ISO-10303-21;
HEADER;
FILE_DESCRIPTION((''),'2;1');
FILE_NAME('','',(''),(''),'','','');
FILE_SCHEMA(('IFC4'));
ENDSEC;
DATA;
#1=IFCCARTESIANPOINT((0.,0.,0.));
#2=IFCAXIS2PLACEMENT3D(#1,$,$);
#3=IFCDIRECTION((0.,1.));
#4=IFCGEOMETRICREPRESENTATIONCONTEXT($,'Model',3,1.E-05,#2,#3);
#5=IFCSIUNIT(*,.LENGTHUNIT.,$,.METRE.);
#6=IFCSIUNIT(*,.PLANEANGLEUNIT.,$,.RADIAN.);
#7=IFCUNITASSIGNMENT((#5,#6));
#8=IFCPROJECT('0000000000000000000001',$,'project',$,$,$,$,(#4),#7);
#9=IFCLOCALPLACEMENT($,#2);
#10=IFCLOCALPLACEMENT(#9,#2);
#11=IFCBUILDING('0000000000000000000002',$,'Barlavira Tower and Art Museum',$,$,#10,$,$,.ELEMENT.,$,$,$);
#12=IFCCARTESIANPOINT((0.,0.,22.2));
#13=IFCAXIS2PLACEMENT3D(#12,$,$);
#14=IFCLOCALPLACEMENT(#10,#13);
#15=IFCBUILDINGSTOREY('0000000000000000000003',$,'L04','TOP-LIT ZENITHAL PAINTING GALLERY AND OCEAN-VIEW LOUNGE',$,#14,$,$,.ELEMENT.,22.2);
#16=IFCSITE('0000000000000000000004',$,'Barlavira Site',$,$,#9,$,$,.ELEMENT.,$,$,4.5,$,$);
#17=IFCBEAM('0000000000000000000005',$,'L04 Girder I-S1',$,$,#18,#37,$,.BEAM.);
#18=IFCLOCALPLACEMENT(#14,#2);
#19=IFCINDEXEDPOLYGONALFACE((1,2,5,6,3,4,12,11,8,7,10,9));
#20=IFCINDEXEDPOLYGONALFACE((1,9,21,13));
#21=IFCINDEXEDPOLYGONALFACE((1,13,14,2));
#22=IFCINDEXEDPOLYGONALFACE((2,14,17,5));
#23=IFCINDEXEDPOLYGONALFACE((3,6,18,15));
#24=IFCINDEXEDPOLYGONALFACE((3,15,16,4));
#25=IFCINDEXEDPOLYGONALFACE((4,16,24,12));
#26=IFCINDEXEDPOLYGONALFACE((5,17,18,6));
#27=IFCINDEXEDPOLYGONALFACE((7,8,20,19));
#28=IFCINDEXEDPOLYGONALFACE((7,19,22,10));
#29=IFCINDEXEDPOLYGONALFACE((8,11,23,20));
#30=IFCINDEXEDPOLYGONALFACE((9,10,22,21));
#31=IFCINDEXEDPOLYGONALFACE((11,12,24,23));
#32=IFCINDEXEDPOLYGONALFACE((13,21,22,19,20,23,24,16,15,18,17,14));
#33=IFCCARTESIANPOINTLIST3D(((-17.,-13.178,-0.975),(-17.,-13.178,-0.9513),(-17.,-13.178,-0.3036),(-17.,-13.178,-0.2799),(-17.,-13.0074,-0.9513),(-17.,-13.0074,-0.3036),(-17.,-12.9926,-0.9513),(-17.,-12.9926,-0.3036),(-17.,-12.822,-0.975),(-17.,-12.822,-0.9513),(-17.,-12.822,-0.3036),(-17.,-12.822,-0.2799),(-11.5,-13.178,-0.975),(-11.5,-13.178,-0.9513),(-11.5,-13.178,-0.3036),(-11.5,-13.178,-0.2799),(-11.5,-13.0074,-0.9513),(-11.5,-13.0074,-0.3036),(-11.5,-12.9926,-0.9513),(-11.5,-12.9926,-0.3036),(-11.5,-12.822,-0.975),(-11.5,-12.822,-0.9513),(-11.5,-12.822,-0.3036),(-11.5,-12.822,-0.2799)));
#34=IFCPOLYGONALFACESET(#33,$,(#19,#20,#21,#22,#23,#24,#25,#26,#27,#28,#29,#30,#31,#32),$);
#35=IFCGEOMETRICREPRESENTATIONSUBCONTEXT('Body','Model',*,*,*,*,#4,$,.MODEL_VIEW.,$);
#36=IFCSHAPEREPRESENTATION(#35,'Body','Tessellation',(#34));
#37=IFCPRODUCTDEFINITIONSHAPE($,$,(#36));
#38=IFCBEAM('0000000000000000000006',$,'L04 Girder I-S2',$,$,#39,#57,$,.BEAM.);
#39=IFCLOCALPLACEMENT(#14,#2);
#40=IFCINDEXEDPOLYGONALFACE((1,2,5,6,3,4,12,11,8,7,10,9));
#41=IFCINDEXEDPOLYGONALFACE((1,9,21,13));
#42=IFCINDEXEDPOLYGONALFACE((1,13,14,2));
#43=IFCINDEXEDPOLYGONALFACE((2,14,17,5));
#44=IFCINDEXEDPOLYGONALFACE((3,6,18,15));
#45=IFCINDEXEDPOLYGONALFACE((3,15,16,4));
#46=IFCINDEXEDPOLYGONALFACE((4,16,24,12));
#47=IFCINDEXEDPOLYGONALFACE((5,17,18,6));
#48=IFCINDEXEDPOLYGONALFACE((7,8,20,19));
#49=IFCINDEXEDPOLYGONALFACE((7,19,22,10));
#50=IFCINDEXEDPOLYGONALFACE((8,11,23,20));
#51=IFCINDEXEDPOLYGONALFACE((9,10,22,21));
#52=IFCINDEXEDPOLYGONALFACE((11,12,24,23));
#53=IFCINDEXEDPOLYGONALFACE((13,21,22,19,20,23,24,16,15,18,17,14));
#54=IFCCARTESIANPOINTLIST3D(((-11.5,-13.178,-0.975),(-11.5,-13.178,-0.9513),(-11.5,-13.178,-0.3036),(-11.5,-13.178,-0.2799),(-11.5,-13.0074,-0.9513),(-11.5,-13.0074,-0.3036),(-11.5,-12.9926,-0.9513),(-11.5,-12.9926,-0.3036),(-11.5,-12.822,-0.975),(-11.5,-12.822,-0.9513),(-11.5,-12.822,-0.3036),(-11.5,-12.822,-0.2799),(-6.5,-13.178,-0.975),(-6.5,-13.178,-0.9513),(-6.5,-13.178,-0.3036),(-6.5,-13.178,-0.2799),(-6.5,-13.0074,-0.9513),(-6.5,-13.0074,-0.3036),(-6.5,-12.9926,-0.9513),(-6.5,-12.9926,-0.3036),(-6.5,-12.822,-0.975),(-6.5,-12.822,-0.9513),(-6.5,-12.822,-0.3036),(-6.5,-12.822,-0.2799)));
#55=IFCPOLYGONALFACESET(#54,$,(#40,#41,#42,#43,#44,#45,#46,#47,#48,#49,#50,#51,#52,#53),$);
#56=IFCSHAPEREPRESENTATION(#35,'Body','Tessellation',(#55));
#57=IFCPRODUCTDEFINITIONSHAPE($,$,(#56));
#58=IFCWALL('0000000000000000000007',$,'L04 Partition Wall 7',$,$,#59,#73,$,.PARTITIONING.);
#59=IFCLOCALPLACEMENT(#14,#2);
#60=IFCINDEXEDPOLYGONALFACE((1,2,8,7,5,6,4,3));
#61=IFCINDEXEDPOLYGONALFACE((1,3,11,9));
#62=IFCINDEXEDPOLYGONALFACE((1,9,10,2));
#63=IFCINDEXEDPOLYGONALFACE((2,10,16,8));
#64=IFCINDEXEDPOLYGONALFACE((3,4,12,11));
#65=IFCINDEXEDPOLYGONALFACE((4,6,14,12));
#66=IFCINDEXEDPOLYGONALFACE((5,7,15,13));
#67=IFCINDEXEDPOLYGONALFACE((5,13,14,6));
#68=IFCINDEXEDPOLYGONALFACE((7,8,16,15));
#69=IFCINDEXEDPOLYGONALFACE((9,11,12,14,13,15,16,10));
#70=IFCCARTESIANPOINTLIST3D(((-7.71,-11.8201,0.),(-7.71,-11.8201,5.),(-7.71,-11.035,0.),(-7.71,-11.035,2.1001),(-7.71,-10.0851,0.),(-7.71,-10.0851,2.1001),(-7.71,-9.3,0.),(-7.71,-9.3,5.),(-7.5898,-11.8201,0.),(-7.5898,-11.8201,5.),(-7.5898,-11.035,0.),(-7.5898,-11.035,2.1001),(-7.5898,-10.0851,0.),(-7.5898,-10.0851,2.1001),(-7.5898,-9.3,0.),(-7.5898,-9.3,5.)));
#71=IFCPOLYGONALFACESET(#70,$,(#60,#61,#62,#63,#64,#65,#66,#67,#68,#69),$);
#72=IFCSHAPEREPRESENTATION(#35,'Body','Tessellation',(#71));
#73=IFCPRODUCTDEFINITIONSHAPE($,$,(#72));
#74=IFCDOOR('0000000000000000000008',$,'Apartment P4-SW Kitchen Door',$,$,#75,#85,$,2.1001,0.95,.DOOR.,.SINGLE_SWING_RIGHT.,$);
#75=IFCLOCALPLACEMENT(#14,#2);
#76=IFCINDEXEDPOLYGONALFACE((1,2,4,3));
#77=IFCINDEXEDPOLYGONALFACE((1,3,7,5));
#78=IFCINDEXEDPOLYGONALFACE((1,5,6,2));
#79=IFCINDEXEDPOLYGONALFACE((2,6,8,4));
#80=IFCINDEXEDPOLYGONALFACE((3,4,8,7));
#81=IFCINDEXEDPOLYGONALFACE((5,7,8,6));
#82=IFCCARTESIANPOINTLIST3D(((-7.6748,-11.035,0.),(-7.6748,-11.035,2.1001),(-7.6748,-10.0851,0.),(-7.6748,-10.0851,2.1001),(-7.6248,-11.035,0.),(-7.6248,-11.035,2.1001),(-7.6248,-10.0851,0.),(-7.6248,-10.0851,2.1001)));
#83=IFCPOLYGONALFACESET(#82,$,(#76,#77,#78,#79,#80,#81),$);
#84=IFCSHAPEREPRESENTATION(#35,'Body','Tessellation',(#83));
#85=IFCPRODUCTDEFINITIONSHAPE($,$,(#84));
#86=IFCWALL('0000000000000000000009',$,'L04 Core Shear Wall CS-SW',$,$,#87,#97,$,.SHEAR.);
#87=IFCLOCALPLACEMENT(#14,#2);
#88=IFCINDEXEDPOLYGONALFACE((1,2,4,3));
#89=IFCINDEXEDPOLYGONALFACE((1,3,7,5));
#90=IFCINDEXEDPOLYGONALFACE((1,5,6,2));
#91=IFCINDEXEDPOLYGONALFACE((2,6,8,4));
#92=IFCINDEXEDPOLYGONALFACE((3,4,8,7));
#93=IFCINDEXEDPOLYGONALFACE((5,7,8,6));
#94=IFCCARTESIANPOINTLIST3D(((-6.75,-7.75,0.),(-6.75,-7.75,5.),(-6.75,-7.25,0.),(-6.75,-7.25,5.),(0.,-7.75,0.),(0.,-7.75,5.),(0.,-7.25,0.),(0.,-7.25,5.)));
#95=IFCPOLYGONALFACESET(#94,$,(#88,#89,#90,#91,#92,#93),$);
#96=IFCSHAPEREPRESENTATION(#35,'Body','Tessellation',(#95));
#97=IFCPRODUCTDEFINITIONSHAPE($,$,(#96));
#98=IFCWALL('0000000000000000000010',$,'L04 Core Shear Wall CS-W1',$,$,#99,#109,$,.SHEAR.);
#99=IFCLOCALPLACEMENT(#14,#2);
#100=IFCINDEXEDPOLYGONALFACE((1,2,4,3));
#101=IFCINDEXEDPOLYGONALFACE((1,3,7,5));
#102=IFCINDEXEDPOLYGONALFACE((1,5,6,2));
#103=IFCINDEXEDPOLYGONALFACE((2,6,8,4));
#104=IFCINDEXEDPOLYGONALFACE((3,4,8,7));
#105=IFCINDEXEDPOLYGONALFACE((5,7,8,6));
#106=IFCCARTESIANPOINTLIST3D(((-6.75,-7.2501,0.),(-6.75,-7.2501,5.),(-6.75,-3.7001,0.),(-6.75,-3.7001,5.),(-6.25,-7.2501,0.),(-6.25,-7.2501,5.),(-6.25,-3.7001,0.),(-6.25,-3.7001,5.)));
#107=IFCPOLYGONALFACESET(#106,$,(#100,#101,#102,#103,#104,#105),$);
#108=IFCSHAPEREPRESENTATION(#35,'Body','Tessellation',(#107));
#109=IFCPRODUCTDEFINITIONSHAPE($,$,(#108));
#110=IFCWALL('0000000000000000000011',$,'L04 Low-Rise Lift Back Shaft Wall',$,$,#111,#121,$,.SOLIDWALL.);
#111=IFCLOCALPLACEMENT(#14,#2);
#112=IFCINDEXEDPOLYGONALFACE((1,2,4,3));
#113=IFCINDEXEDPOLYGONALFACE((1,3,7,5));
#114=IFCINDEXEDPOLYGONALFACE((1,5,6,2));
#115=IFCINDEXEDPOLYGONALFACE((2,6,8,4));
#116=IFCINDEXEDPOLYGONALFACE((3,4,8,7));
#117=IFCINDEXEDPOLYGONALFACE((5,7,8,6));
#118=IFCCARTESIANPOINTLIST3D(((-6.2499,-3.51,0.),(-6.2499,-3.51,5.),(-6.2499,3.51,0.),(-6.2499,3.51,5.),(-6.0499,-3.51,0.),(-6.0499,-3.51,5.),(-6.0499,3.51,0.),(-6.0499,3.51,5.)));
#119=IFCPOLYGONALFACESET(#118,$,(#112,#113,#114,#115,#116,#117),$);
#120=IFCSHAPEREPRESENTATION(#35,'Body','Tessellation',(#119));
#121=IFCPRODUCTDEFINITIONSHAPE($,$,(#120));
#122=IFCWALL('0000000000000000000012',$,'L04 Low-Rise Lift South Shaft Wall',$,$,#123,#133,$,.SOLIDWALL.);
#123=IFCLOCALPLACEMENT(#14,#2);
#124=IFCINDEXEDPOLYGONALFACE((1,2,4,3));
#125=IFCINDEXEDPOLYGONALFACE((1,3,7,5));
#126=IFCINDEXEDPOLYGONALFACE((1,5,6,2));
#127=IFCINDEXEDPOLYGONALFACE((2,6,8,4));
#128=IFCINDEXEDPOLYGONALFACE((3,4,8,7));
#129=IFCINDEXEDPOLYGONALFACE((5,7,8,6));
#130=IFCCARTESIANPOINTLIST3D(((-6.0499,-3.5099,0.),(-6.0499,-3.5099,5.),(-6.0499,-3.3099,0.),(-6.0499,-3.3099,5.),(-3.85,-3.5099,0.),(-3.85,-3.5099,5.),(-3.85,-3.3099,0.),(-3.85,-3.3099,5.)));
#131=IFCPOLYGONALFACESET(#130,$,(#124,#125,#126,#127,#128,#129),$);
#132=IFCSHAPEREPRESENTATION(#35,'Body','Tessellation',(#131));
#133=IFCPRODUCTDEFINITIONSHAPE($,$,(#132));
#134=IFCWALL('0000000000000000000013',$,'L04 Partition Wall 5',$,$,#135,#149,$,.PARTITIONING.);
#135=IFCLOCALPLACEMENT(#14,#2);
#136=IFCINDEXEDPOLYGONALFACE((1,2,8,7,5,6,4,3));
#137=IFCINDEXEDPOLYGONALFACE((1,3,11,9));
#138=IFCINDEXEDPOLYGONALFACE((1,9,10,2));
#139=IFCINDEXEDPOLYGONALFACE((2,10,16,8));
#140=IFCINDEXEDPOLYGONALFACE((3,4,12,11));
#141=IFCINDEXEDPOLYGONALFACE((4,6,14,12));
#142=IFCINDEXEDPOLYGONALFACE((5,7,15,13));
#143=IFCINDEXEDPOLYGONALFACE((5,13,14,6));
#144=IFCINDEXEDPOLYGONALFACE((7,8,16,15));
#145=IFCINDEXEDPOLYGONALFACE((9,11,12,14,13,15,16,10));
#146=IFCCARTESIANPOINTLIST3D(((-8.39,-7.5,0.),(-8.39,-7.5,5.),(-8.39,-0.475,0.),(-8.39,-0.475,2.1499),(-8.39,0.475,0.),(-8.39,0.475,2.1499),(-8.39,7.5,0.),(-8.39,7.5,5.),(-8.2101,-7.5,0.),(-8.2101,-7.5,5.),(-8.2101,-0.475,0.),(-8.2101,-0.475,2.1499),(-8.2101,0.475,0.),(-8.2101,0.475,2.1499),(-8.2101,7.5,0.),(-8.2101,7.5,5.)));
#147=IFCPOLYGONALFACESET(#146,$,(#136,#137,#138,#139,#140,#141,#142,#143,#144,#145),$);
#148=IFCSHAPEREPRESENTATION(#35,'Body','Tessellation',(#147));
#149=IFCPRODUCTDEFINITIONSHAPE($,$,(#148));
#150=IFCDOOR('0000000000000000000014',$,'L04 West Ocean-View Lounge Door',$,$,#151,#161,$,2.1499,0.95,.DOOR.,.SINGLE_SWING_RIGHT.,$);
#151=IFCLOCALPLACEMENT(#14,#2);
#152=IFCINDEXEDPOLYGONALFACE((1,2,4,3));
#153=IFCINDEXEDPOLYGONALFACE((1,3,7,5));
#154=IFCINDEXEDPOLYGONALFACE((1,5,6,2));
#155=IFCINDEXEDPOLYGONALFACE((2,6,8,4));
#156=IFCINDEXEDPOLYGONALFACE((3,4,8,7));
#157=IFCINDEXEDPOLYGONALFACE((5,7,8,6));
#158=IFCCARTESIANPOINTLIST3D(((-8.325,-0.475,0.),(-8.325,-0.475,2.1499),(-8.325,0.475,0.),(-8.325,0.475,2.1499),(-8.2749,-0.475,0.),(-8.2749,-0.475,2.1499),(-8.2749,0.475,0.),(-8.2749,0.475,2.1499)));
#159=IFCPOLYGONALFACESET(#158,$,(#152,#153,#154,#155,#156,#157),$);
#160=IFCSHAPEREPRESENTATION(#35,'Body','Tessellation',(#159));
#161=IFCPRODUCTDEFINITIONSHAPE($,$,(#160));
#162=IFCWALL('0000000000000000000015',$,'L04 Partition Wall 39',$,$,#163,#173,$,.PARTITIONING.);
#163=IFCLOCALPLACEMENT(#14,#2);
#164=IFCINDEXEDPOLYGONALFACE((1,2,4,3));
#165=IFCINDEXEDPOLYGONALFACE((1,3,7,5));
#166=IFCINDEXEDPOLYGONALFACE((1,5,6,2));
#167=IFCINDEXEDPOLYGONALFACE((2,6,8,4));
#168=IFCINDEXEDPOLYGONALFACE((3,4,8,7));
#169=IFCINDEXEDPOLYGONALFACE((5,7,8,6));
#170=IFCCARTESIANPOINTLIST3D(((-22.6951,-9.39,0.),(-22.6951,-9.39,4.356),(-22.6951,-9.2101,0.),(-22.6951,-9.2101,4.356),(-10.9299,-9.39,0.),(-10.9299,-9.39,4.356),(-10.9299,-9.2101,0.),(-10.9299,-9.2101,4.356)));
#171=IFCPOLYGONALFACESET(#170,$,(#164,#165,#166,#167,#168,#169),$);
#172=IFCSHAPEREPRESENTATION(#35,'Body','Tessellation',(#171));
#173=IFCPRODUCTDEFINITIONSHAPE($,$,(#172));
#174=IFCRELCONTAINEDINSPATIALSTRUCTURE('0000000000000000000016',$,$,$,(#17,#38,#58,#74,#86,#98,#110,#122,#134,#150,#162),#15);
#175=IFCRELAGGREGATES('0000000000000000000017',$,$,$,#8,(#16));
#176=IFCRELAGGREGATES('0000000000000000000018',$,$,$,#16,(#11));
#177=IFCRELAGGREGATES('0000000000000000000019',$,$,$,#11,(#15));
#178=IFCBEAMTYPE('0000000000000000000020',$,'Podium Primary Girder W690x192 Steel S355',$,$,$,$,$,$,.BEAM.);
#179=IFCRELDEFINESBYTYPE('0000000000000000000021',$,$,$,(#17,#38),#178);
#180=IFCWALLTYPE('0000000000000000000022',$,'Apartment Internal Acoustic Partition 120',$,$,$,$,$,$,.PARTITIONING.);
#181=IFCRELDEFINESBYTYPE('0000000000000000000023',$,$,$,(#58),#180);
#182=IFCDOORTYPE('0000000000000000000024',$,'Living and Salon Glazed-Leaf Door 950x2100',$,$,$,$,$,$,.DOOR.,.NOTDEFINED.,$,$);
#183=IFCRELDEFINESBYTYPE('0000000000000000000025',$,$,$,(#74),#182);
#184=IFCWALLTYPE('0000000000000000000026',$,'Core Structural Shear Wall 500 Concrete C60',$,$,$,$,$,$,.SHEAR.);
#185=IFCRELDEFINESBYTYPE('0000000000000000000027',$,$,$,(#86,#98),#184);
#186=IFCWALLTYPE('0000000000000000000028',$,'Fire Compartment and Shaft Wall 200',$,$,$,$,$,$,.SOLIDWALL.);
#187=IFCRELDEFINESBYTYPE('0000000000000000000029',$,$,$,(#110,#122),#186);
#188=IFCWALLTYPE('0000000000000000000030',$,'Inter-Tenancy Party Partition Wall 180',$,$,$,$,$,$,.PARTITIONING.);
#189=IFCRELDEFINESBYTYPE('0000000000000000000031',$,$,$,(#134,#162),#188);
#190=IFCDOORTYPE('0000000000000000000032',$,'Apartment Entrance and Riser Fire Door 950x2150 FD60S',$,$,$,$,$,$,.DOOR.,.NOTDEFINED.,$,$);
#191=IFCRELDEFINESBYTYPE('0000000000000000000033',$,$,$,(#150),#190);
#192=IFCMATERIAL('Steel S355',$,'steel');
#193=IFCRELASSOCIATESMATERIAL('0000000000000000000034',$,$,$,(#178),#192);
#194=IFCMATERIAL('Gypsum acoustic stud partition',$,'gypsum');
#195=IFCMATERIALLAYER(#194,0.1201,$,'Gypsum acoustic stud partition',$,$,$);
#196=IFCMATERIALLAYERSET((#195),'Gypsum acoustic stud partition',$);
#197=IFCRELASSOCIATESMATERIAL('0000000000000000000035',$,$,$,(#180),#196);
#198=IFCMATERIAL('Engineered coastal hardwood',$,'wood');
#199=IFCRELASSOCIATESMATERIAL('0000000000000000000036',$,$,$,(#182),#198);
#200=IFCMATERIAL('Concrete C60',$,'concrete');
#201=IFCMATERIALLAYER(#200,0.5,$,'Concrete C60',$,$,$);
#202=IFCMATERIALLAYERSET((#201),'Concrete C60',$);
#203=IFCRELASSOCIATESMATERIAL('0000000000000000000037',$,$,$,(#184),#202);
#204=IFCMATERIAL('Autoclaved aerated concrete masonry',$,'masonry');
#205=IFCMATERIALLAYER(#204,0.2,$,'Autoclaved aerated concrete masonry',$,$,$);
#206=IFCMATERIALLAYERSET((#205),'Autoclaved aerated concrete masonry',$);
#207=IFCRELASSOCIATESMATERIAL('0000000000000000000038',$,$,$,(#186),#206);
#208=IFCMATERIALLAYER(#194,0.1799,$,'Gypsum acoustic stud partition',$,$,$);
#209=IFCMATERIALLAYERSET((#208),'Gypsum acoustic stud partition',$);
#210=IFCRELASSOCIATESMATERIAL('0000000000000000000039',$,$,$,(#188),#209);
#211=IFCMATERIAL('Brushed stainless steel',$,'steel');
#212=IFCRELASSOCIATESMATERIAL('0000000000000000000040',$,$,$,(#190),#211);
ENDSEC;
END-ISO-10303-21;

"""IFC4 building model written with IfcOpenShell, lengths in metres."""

from ifc_helpers import new_model, si_unit, direction, frame, frame_2d, origin, origin_2d, place, context, subcontext, project, spatial, rectangle, i_section, extrude, material, layer, layer_set, material_profile, profile_set, type_object, element, fill, save


model = new_model("IFC4")

# Units and contexts
model_context = context("Model", 3, precision=1e-05, world=origin(), true_north=direction((0.0, 1.0)))
body_context = subcontext(model_context, "Body", "Model", "MODEL_VIEW")
ifc_project = project(units=[si_unit("LENGTHUNIT", "METRE"), si_unit("PLANEANGLEUNIT", "RADIAN")], contexts=[model_context])

# Site, building, storey
site_placement = place(None, origin())
site = spatial("IfcSite", under=ifc_project, at=site_placement, Name="Barlavira Site", CompositionType="ELEMENT", RefElevation=4.5)
building_placement = place(site_placement, origin())
building = spatial("IfcBuilding", under=site, at=building_placement, Name="Barlavira Tower and Art Museum", CompositionType="ELEMENT")
storey_placement = place(building_placement, frame((0.0, 0.0, 22.2)))
storey = spatial("IfcBuildingStorey", under=building, at=storey_placement, Name="L04", Description="TOP-LIT ZENITHAL PAINTING GALLERY AND OCEAN-VIEW LOUNGE", CompositionType="ELEMENT", Elevation=22.2)

# Shared definitions
ifc_material_1 = material(Name="Steel S355", Category="steel")
ifc_material_2 = material(Name="Concrete C60", Category="concrete")

# Beams
ifc_material_profile_1 = material_profile(ifc_material_1, i_section(OverallWidth=0.356, OverallDepth=0.6951, WebThickness=0.0149, FlangeThickness=0.0237, at=origin_2d()), Name="W690x192.0")
ifc_profile_set_1 = profile_set([ifc_material_profile_1], Name="Steel S355")
beam_type_1 = type_object("IfcBeamType", Name="Podium Primary Girder W690x192 Steel S355", PredefinedType="BEAM", material=ifc_profile_set_1)
beam_1_placement = place(storey_placement, frame((-17.0, -13.0, -0.6274), z_axis=(1.0, 0.0, 0.0), x_axis=(0.0, 1.0, 0.0)))
element("IfcBeam", 1, at=beam_1_placement, inside=storey, type_object=beam_type_1, Name="L04 Girder I-S1", PredefinedType="BEAM", context=body_context, shape_type="SweptSolid", body=[
    extrude(i_section(OverallWidth=0.356, OverallDepth=0.6951, WebThickness=0.0149, FlangeThickness=0.0237, at=origin_2d()), origin(), (0.0, 0.0, 1.0), 5.5),
])
beam_2_placement = place(storey_placement, frame((-11.5, -13.0, -0.6274), z_axis=(1.0, 0.0, 0.0), x_axis=(0.0, 1.0, 0.0)))
element("IfcBeam", 2, at=beam_2_placement, inside=storey, type_object=beam_type_1, Name="L04 Girder I-S2", PredefinedType="BEAM", context=body_context, shape_type="SweptSolid", body=[
    extrude(i_section(OverallWidth=0.356, OverallDepth=0.6951, WebThickness=0.0149, FlangeThickness=0.0237, at=origin_2d()), origin(), (0.0, 0.0, 1.0), 5.0),
])

# Wall, opening, door
ifc_material_3 = material(Name="Gypsum acoustic stud partition", Category="gypsum")
ifc_layer_1 = layer(ifc_material_3, 0.1201, Name="Gypsum acoustic stud partition")
ifc_layer_set_1 = layer_set([ifc_layer_1], Name="Gypsum acoustic stud partition")
wall_type_1 = type_object("IfcWallType", Name="Apartment Internal Acoustic Partition 120", PredefinedType="PARTITIONING", material=ifc_layer_set_1)
wall_1_placement = place(storey_placement, frame((-7.6499, -11.8201, 0.0), z_axis=(0.0, 0.0, 1.0), x_axis=(0.0, 1.0, 0.0)))
wall_1 = element("IfcWall", 3, at=wall_1_placement, inside=storey, type_object=wall_type_1, Name="L04 Partition Wall 7", PredefinedType="PARTITIONING", context=body_context, shape_type="SweptSolid", body=[
    extrude(rectangle(XDim=2.52, YDim=0.1201, at=frame_2d((1.26, 0.0))), origin(), (0.0, 0.0, 1.0), 5.0),
])
opening_1_placement = place(wall_1_placement, frame((0.7849, 0.0, 0.0)))
opening_1 = element("IfcOpeningElement", 4, at=opening_1_placement, cuts=wall_1, PredefinedType="OPENING", context=body_context, shape_type="SweptSolid", body=[
    extrude(rectangle(XDim=0.95, YDim=2.1001, at=frame_2d((0.4751, 1.05))), frame((0.0, 0.0701, 0.0), z_axis=(0.0, -1.0, 0.0), x_axis=(1.0, 0.0, 0.0)), (0.0, 0.0, 1.0), 0.1401),
])
ifc_material_4 = material(Name="Engineered coastal hardwood", Category="wood")
door_type_1 = type_object("IfcDoorType", Name="Living and Salon Glazed-Leaf Door 950x2100", OperationType="NOTDEFINED", PredefinedType="DOOR", material=ifc_material_4)
door_1_placement = place(opening_1_placement, origin())
door_1 = element("IfcDoor", 5, at=door_1_placement, inside=storey, type_object=door_type_1, Name="Apartment P4-SW Kitchen Door", OperationType="SINGLE_SWING_RIGHT", OverallHeight=2.1001, OverallWidth=0.95, PredefinedType="DOOR", context=body_context, shape_type="SweptSolid", body=[
    extrude(rectangle(XDim=0.95, YDim=2.1001, at=frame_2d((0.4751, 1.05))), frame((0.0, 0.0249, 0.0), z_axis=(0.0, -1.0, 0.0), x_axis=(1.0, 0.0, 0.0)), (0.0, 0.0, 1.0), 0.05),
])
fill(opening_1, door_1)

# Walls
ifc_layer_2 = layer(ifc_material_2, 0.5, Name="Concrete C60")
ifc_layer_set_2 = layer_set([ifc_layer_2], Name="Concrete C60")
wall_type_2 = type_object("IfcWallType", Name="Core Structural Shear Wall 500 Concrete C60", PredefinedType="SHEAR", material=ifc_layer_set_2)
wall_2_placement = place(storey_placement, frame((-6.75, -7.5, 0.0), z_axis=(0.0, 0.0, 1.0), x_axis=(1.0, 0.0, 0.0)))
element("IfcWall", 6, at=wall_2_placement, inside=storey, type_object=wall_type_2, Name="L04 Core Shear Wall CS-SW", PredefinedType="SHEAR", context=body_context, shape_type="SweptSolid", body=[
    extrude(rectangle(XDim=6.75, YDim=0.5, at=frame_2d((3.375, 0.0))), origin(), (0.0, 0.0, 1.0), 5.0),
])
wall_3_placement = place(storey_placement, frame((-6.5, -7.25, 0.0), z_axis=(0.0, 0.0, 1.0), x_axis=(0.0, 1.0, 0.0)))
element("IfcWall", 7, at=wall_3_placement, inside=storey, type_object=wall_type_2, Name="L04 Core Shear Wall CS-W1", PredefinedType="SHEAR", context=body_context, shape_type="SweptSolid", body=[
    extrude(rectangle(XDim=3.55, YDim=0.5, at=frame_2d((1.7749, 0.0))), origin(), (0.0, 0.0, 1.0), 5.0),
])
ifc_material_5 = material(Name="Autoclaved aerated concrete masonry", Category="masonry")
ifc_layer_3 = layer(ifc_material_5, 0.2, Name="Autoclaved aerated concrete masonry")
ifc_layer_set_3 = layer_set([ifc_layer_3], Name="Autoclaved aerated concrete masonry")
wall_type_3 = type_object("IfcWallType", Name="Fire Compartment and Shaft Wall 200", PredefinedType="SOLIDWALL", material=ifc_layer_set_3)
wall_4_placement = place(storey_placement, frame((-6.1499, -3.51, 0.0), z_axis=(0.0, 0.0, 1.0), x_axis=(0.0, 1.0, 0.0)))
element("IfcWall", 8, at=wall_4_placement, inside=storey, type_object=wall_type_3, Name="L04 Low-Rise Lift Back Shaft Wall", PredefinedType="SOLIDWALL", context=body_context, shape_type="SweptSolid", body=[
    extrude(rectangle(XDim=7.02, YDim=0.2, at=frame_2d((3.51, 0.0))), origin(), (0.0, 0.0, 1.0), 5.0),
])
wall_5_placement = place(storey_placement, frame((-6.05, -3.4099, 0.0), z_axis=(0.0, 0.0, 1.0), x_axis=(1.0, 0.0, 0.0)))
element("IfcWall", 9, at=wall_5_placement, inside=storey, type_object=wall_type_3, Name="L04 Low-Rise Lift South Shaft Wall", PredefinedType="SOLIDWALL", context=body_context, shape_type="SweptSolid", body=[
    extrude(rectangle(XDim=2.2, YDim=0.2, at=frame_2d((1.1001, 0.0))), origin(), (0.0, 0.0, 1.0), 5.0),
])

# Wall, opening, door
ifc_layer_4 = layer(ifc_material_3, 0.1799, Name="Gypsum acoustic stud partition")
ifc_layer_set_4 = layer_set([ifc_layer_4], Name="Gypsum acoustic stud partition")
wall_type_4 = type_object("IfcWallType", Name="Inter-Tenancy Party Partition Wall 180", PredefinedType="PARTITIONING", material=ifc_layer_set_4)
wall_6_placement = place(storey_placement, frame((-8.3, -7.5, 0.0), z_axis=(0.0, 0.0, 1.0), x_axis=(0.0, 1.0, 0.0)))
wall_6 = element("IfcWall", 10, at=wall_6_placement, inside=storey, type_object=wall_type_4, Name="L04 Partition Wall 5", PredefinedType="PARTITIONING", context=body_context, shape_type="SweptSolid", body=[
    extrude(rectangle(XDim=15.0, YDim=0.1799, at=frame_2d((7.5, 0.0))), origin(), (0.0, 0.0, 1.0), 5.0),
])
opening_2_placement = place(wall_6_placement, frame((7.0249, 0.0, 0.0)))
opening_2 = element("IfcOpeningElement", 11, at=opening_2_placement, cuts=wall_6, PredefinedType="OPENING", context=body_context, shape_type="SweptSolid", body=[
    extrude(rectangle(XDim=0.95, YDim=2.1499, at=frame_2d((0.4751, 1.075))), frame((0.0, 0.1001, 0.0), z_axis=(0.0, -1.0, 0.0), x_axis=(1.0, 0.0, 0.0)), (0.0, 0.0, 1.0), 0.2),
])
ifc_material_6 = material(Name="Brushed stainless steel", Category="steel")
door_type_2 = type_object("IfcDoorType", Name="Apartment Entrance and Riser Fire Door 950x2150 FD60S", OperationType="NOTDEFINED", PredefinedType="DOOR", material=ifc_material_6)
door_2_placement = place(opening_2_placement, origin())
door_2 = element("IfcDoor", 12, at=door_2_placement, inside=storey, type_object=door_type_2, Name="L04 West Ocean-View Lounge Door", OperationType="SINGLE_SWING_RIGHT", OverallHeight=2.1499, OverallWidth=0.95, PredefinedType="DOOR", context=body_context, shape_type="SweptSolid", body=[
    extrude(rectangle(XDim=0.95, YDim=2.1499, at=frame_2d((0.4751, 1.075))), frame((0.0, 0.0249, 0.0), z_axis=(0.0, -1.0, 0.0), x_axis=(1.0, 0.0, 0.0)), (0.0, 0.0, 1.0), 0.05),
])
fill(opening_2, door_2)

# Wall
wall_7_placement = place(storey_placement, frame((-22.6951, -9.3, 0.0), z_axis=(0.0, 0.0, 1.0), x_axis=(1.0, 0.0, 0.0)))
element("IfcWall", 13, at=wall_7_placement, inside=storey, type_object=wall_type_4, Name="L04 Partition Wall 39", PredefinedType="PARTITIONING", context=body_context, shape_type="SweptSolid", body=[
    extrude(rectangle(XDim=11.7651, YDim=0.1799, at=frame_2d((5.8826, 0.0))), origin(), (0.0, 0.0, 1.0), 4.356),
])

save(model, "model.ifc")
